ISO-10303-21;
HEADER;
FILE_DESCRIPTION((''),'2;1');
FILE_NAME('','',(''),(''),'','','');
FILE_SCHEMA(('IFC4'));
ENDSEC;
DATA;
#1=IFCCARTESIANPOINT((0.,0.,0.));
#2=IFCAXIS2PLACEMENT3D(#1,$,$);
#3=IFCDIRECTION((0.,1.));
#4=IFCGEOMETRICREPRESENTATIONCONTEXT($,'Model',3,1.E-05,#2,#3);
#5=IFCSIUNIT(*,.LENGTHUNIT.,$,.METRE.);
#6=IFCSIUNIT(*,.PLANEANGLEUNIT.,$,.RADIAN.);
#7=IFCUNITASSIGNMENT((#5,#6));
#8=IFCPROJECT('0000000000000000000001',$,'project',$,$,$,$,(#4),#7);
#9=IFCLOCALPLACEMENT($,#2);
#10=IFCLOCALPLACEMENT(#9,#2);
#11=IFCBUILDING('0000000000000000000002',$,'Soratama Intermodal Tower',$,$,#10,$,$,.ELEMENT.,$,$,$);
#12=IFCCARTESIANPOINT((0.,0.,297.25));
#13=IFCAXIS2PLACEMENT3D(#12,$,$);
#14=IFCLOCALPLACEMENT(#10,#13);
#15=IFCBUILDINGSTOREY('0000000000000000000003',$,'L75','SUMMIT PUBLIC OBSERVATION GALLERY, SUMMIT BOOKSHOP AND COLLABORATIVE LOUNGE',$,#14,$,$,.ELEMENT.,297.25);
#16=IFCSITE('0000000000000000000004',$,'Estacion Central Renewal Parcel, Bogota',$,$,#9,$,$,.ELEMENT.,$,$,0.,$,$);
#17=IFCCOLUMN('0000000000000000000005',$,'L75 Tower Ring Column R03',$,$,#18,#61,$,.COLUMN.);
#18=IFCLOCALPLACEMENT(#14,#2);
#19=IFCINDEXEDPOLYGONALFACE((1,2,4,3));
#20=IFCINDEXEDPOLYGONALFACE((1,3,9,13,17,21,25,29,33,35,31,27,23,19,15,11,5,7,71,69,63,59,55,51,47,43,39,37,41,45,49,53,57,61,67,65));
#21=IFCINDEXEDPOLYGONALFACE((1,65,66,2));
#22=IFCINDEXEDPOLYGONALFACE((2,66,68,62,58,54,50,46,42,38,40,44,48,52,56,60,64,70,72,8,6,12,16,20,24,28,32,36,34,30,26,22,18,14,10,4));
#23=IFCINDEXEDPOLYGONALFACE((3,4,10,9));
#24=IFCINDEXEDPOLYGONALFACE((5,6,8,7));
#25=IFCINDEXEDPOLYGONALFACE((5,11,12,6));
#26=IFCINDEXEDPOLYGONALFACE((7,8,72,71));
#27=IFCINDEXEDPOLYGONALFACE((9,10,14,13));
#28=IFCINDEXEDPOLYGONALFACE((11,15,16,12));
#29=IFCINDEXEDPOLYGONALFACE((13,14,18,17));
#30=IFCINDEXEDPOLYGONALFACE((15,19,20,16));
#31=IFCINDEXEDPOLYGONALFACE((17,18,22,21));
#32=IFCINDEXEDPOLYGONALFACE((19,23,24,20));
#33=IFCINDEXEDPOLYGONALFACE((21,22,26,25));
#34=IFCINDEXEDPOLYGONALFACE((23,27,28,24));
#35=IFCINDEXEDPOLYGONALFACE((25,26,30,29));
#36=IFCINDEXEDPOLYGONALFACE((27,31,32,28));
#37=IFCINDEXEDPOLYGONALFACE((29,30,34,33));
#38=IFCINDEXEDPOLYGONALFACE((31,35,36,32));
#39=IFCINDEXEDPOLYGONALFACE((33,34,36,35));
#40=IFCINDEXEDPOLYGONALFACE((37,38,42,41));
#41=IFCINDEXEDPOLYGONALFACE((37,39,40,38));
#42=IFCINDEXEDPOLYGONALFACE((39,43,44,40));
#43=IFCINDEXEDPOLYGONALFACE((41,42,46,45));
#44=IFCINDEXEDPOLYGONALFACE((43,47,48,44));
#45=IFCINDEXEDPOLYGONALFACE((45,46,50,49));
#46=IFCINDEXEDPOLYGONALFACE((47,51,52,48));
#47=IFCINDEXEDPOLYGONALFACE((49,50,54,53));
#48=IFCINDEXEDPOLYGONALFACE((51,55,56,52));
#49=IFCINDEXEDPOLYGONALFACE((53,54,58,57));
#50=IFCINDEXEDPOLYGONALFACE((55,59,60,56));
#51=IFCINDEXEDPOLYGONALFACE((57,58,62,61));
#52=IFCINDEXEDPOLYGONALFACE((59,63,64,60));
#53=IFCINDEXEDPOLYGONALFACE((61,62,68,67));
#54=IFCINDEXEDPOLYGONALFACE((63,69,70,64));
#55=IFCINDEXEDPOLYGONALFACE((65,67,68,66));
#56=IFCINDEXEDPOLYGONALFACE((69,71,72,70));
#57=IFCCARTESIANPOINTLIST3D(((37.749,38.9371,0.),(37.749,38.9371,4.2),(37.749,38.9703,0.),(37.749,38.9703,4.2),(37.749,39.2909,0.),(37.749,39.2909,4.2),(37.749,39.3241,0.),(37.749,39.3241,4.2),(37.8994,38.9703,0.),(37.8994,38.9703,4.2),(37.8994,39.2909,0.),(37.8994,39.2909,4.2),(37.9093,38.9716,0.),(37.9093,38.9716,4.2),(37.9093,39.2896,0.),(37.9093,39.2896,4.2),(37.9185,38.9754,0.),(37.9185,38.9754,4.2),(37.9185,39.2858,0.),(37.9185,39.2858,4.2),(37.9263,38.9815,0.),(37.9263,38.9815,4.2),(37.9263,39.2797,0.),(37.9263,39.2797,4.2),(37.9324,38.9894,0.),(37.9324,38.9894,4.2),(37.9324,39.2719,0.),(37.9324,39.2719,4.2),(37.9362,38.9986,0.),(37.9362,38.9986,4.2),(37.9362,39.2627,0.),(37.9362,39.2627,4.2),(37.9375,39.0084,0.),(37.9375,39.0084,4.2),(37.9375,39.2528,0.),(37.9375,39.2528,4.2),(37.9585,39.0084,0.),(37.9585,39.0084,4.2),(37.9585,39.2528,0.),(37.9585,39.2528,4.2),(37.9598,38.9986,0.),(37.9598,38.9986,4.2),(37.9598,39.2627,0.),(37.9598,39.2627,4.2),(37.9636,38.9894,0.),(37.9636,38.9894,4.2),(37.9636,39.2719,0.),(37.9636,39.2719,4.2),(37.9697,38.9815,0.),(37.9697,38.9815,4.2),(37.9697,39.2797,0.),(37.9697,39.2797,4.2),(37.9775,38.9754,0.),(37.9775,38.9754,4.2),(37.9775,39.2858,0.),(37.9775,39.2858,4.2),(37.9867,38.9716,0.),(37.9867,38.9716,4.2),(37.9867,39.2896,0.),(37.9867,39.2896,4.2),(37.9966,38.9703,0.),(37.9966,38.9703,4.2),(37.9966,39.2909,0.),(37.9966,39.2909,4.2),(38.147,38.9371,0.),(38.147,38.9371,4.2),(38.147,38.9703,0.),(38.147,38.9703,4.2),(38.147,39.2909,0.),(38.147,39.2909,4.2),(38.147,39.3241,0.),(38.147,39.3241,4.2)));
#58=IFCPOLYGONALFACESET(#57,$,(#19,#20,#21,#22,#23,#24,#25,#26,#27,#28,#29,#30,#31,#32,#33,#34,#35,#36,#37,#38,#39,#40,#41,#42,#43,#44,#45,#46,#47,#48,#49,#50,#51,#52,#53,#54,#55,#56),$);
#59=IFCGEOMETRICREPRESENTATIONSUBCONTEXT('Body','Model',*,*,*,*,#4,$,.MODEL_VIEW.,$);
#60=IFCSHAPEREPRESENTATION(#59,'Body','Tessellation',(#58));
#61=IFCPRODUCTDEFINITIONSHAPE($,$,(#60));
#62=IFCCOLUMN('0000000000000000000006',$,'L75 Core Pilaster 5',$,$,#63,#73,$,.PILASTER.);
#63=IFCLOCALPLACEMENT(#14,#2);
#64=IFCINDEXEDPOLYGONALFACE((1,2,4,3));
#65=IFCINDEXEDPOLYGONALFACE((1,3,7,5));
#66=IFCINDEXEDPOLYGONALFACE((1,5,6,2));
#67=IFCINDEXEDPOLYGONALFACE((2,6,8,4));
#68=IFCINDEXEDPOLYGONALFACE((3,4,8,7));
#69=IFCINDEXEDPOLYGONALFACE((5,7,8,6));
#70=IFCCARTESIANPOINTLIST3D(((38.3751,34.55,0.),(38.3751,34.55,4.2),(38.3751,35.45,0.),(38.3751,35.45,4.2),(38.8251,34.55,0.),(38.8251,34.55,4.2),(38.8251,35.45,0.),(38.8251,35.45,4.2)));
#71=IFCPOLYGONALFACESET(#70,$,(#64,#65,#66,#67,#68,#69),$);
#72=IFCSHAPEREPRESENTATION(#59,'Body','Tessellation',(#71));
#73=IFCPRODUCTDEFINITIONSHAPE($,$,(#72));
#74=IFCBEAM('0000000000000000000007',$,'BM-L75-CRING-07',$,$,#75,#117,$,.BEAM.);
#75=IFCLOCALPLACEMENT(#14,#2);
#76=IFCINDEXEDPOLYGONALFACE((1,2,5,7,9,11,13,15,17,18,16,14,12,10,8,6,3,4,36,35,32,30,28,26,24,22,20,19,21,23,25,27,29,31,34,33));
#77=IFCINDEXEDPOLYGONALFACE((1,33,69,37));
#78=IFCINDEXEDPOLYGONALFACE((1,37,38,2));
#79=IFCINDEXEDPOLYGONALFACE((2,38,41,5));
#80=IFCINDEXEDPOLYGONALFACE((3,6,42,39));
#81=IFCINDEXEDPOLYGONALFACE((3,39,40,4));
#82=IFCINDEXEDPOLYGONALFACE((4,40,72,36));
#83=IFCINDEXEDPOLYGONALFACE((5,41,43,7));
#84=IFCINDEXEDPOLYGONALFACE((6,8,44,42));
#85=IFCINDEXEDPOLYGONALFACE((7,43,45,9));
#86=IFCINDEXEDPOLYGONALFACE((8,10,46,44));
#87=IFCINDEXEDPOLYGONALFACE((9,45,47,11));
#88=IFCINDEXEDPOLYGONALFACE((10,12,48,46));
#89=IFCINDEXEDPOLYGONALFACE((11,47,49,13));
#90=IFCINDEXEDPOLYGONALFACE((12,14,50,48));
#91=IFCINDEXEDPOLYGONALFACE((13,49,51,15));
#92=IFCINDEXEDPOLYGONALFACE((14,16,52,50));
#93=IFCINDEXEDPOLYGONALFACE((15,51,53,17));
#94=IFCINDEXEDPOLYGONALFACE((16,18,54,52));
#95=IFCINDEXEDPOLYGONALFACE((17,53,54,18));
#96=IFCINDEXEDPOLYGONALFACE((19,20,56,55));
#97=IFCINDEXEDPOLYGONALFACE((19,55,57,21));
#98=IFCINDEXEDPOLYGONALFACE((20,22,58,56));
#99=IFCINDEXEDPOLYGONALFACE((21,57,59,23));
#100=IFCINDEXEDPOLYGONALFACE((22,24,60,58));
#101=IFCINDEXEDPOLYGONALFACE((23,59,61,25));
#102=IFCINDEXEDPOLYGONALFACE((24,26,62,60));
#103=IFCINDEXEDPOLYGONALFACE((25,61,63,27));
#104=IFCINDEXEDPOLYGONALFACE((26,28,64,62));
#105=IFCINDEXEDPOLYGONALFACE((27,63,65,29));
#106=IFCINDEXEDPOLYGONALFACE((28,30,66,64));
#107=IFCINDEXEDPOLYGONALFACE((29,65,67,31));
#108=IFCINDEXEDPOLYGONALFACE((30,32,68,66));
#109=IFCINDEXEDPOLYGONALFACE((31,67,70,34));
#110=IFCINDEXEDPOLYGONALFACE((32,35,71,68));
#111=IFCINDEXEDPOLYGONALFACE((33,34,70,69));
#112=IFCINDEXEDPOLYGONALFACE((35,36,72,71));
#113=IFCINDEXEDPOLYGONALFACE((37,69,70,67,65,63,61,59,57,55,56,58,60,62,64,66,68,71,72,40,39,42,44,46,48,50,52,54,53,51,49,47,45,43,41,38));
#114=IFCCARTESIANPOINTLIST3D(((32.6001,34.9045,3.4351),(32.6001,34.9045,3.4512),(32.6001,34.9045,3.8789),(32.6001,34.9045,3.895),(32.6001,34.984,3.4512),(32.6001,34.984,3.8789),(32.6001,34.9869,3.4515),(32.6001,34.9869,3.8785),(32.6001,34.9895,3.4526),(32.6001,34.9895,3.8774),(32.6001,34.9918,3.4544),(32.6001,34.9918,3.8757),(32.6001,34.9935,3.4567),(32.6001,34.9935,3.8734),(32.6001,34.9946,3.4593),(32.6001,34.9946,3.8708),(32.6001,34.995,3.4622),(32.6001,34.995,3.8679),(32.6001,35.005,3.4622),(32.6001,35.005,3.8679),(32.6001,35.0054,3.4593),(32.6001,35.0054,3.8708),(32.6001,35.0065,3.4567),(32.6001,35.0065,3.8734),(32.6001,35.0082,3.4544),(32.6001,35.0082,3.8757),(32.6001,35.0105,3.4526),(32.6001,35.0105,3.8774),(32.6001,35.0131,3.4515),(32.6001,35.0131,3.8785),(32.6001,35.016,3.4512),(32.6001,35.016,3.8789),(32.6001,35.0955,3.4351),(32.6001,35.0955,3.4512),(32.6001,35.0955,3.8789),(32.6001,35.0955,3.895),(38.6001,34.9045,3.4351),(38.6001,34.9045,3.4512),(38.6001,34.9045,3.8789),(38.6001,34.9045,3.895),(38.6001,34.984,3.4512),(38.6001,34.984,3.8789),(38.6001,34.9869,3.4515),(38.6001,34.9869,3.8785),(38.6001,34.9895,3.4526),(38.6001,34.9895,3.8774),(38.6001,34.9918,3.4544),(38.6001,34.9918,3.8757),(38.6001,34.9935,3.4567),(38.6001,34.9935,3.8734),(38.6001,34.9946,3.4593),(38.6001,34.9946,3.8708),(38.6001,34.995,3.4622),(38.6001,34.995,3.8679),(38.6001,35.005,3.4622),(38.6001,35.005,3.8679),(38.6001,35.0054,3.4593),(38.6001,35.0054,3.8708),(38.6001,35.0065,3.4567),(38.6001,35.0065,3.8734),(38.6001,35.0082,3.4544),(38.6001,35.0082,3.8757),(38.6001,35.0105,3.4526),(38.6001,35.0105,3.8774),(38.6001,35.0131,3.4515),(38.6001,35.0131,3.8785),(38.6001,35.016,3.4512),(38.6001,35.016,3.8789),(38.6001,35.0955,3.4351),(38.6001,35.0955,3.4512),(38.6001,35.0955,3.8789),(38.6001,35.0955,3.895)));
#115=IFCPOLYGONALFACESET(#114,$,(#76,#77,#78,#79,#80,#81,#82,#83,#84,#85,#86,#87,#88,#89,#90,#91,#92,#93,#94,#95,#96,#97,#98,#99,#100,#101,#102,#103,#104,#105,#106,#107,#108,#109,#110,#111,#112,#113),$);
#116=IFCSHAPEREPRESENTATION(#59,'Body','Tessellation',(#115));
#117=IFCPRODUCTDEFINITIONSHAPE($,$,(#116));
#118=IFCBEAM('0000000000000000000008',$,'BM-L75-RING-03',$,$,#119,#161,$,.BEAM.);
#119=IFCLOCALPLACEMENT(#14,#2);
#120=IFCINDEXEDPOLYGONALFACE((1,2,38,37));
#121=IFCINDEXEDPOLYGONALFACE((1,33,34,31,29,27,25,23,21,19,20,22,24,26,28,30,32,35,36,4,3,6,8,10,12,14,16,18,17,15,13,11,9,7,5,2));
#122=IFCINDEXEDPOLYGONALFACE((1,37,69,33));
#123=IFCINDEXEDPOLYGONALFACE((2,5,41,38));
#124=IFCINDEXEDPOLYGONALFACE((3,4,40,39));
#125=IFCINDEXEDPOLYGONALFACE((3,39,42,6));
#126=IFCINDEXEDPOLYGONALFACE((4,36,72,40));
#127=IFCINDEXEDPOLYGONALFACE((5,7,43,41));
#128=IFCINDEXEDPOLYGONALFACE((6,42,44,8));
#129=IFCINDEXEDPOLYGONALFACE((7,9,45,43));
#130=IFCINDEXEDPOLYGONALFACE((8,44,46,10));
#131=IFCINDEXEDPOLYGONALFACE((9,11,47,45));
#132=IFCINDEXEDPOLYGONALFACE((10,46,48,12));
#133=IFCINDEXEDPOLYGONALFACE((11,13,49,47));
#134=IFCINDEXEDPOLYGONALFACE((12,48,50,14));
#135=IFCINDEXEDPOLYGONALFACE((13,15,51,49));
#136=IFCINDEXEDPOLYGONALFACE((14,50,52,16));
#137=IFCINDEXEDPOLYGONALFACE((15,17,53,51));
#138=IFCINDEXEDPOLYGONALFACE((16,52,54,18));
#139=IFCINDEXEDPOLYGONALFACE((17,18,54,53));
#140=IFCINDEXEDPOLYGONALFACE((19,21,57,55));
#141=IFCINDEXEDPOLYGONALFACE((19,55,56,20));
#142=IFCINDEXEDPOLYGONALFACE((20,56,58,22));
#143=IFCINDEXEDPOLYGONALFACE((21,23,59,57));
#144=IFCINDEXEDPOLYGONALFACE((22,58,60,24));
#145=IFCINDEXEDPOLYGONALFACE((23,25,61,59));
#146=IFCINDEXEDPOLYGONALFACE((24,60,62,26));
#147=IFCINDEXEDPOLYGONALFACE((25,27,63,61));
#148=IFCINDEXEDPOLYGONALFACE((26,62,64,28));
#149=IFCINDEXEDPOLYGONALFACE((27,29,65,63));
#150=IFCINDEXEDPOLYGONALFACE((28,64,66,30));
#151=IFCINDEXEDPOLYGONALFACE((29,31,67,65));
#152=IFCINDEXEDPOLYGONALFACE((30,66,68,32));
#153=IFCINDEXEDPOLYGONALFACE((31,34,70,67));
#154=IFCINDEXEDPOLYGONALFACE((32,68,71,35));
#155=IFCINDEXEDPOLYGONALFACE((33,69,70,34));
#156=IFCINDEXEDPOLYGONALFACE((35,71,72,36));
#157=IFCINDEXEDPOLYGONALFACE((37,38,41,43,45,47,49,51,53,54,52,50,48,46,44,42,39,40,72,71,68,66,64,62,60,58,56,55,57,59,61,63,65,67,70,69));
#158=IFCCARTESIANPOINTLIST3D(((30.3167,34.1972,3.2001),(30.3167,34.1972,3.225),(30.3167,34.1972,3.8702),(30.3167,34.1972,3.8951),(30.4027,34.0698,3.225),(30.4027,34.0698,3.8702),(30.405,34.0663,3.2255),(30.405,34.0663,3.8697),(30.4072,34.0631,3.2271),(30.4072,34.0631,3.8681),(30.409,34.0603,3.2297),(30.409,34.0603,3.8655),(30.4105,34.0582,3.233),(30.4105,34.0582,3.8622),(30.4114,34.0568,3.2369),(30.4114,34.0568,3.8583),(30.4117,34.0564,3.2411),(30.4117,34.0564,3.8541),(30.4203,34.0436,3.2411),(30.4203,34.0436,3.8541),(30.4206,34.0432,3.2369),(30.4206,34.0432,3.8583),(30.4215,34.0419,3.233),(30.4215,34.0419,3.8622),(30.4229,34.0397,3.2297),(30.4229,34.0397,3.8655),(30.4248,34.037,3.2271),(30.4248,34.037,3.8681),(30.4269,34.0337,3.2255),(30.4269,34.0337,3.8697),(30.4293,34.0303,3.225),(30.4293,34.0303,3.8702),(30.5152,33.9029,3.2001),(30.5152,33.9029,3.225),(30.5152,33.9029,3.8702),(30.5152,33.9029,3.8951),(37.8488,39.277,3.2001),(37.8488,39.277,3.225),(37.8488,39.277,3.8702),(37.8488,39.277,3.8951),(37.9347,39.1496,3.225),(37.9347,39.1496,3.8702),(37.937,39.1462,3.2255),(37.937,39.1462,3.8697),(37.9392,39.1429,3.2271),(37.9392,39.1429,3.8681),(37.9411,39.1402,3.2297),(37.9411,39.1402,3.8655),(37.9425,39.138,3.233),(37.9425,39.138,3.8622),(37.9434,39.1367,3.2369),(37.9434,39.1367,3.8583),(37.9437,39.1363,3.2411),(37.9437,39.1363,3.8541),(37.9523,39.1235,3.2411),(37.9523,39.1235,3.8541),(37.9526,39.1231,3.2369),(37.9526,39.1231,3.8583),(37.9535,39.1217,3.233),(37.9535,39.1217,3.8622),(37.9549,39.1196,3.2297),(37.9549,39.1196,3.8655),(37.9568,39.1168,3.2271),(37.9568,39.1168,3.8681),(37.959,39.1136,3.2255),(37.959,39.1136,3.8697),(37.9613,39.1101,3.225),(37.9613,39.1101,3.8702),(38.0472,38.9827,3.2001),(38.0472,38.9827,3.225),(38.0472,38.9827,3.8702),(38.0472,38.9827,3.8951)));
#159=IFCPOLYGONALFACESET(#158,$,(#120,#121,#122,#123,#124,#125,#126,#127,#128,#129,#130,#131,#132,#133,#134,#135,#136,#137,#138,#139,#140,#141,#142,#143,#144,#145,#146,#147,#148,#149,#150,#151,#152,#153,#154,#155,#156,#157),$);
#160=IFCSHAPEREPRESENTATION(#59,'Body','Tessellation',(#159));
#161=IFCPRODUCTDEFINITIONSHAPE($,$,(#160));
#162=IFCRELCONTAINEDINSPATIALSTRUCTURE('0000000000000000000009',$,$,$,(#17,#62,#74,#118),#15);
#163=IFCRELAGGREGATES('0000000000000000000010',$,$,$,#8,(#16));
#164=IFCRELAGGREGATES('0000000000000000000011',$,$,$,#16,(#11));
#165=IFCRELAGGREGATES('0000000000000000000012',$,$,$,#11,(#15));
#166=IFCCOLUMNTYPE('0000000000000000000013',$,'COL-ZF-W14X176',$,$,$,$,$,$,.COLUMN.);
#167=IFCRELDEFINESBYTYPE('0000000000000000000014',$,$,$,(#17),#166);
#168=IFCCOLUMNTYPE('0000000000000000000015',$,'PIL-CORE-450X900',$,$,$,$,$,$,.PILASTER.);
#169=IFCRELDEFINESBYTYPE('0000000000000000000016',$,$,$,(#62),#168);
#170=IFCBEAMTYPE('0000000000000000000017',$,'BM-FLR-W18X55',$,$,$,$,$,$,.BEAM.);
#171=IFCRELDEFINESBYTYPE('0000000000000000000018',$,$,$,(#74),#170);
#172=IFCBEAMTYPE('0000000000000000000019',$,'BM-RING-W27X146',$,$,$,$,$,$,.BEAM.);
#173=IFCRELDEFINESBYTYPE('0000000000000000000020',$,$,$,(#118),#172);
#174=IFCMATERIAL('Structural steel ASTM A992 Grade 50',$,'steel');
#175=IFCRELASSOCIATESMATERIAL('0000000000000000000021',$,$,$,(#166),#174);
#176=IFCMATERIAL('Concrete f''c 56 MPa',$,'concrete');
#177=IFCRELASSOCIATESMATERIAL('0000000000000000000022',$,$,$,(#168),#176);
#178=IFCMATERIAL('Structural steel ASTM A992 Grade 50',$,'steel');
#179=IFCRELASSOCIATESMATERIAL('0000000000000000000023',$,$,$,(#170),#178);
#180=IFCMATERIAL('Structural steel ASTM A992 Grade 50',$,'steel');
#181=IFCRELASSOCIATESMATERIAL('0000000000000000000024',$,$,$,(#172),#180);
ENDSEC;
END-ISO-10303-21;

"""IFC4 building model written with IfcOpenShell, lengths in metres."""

from ifc_helpers import new_model, si_unit, direction, frame, origin, origin_2d, place, context, subcontext, project, spatial, rectangle, i_section, extrude, material, material_profile, profile_set, type_object, element, save


model = new_model("IFC4")

# Units and contexts
model_context = context("Model", 3, precision=1e-05, world=origin(), true_north=direction((0.0, 1.0)))
body_context = subcontext(model_context, "Body", "Model", "MODEL_VIEW")
ifc_project = project(units=[si_unit("LENGTHUNIT", "METRE"), si_unit("PLANEANGLEUNIT", "RADIAN")], contexts=[model_context])

# Site, building, storey
site_placement = place(None, origin())
site = spatial("IfcSite", under=ifc_project, at=site_placement, Name="Estacion Central Renewal Parcel, Bogota", CompositionType="ELEMENT", RefElevation=0.0)
building_placement = place(site_placement, origin())
building = spatial("IfcBuilding", under=site, at=building_placement, Name="Soratama Intermodal Tower", CompositionType="ELEMENT")
storey_placement = place(building_placement, frame((0.0, 0.0, 297.25)))
storey = spatial("IfcBuildingStorey", under=building, at=storey_placement, Name="L75", Description="SUMMIT PUBLIC OBSERVATION GALLERY, SUMMIT BOOKSHOP AND COLLABORATIVE LOUNGE", CompositionType="ELEMENT", Elevation=297.25)

# Columns
ifc_material_1 = material(Name="Structural steel ASTM A992 Grade 50", Category="steel")
ifc_material_profile_1 = material_profile(ifc_material_1, i_section(OverallWidth=0.3979, OverallDepth=0.387, WebThickness=0.021, FlangeThickness=0.0332, FilletRadius=0.0381, at=origin_2d()), Name="W14X176")
ifc_profile_set_1 = profile_set([ifc_material_profile_1], Name="Structural steel ASTM A992 Grade 50")
column_type_1 = type_object("IfcColumnType", Name="COL-ZF-W14X176", PredefinedType="COLUMN", material=ifc_profile_set_1)
column_1_placement = place(storey_placement, frame((37.948, 39.1306, 0.0), z_axis=(0.0, 0.0, 1.0), x_axis=(1.0, 0.0, 0.0)))
element("IfcColumn", 1, at=column_1_placement, inside=storey, type_object=column_type_1, Name="L75 Tower Ring Column R03", PredefinedType="COLUMN", context=body_context, shape_type="SweptSolid", body=[
    extrude(i_section(OverallWidth=0.3979, OverallDepth=0.387, WebThickness=0.021, FlangeThickness=0.0332, FilletRadius=0.0381, at=origin_2d()), origin(), (0.0, 0.0, 1.0), 4.2),
])
ifc_material_2 = material(Name="Concrete f'c 56 MPa", Category="concrete")
ifc_material_profile_2 = material_profile(ifc_material_2, rectangle(XDim=0.45, YDim=0.8999, at=origin_2d()), Name="RC450X900")
ifc_profile_set_2 = profile_set([ifc_material_profile_2], Name="Concrete f'c 56 MPa")
column_type_2 = type_object("IfcColumnType", Name="PIL-CORE-450X900", PredefinedType="PILASTER", material=ifc_profile_set_2)
column_2_placement = place(storey_placement, frame((38.6001, 35.0, 0.0), z_axis=(0.0, 0.0, 1.0), x_axis=(1.0, 0.0, 0.0)))
element("IfcColumn", 2, at=column_2_placement, inside=storey, type_object=column_type_2, Name="L75 Core Pilaster 5", PredefinedType="PILASTER", context=body_context, shape_type="SweptSolid", body=[
    extrude(rectangle(XDim=0.45, YDim=0.8999, at=origin_2d()), origin(), (0.0, 0.0, 1.0), 4.2),
])

# Beams
ifc_material_3 = material(Name="Structural steel ASTM A992 Grade 50", Category="steel")
ifc_material_profile_3 = material_profile(ifc_material_3, i_section(OverallWidth=0.1909, OverallDepth=0.46, WebThickness=0.01, FlangeThickness=0.0161, FilletRadius=0.011, at=origin_2d()), Name="W18X55")
ifc_profile_set_3 = profile_set([ifc_material_profile_3], Name="Structural steel ASTM A992 Grade 50")
beam_type_1 = type_object("IfcBeamType", Name="BM-FLR-W18X55", PredefinedType="BEAM", material=ifc_profile_set_3)
beam_1_placement = place(storey_placement, frame((38.6001, 35.0, 3.665), z_axis=(-1.0, 0.0, 0.0), x_axis=(0.0, -1.0, 0.0)))
element("IfcBeam", 3, at=beam_1_placement, inside=storey, type_object=beam_type_1, Name="BM-L75-CRING-07", PredefinedType="BEAM", context=body_context, shape_type="SweptSolid", body=[
    extrude(i_section(OverallWidth=0.1909, OverallDepth=0.46, WebThickness=0.01, FlangeThickness=0.0161, FilletRadius=0.011, at=origin_2d()), origin(), (0.0, 0.0, 1.0), 6.0),
])
ifc_material_4 = material(Name="Structural steel ASTM A992 Grade 50", Category="steel")
ifc_material_profile_4 = material_profile(ifc_material_4, i_section(OverallWidth=0.355, OverallDepth=0.6951, WebThickness=0.0154, FlangeThickness=0.0249, FilletRadius=0.0161, at=origin_2d()), Name="W27X146")
ifc_profile_set_4 = profile_set([ifc_material_profile_4], Name="Structural steel ASTM A992 Grade 50")
beam_type_2 = type_object("IfcBeamType", Name="BM-RING-W27X146", PredefinedType="BEAM", material=ifc_profile_set_4)
beam_2_placement = place(storey_placement, frame((37.948, 39.1299, 3.5476), z_axis=(-0.829066, -0.559151, 0.0), x_axis=(0.559151, -0.829066, 0.0)))
element("IfcBeam", 4, at=beam_2_placement, inside=storey, type_object=beam_type_2, Name="BM-L75-RING-03", PredefinedType="BEAM", context=body_context, shape_type="SweptSolid", body=[
    extrude(i_section(OverallWidth=0.355, OverallDepth=0.6951, WebThickness=0.0154, FlangeThickness=0.0249, FilletRadius=0.0161, at=origin_2d()), origin(), (0.0, 0.0, 1.0), 9.085),
])

save(model, "model.ifc")
